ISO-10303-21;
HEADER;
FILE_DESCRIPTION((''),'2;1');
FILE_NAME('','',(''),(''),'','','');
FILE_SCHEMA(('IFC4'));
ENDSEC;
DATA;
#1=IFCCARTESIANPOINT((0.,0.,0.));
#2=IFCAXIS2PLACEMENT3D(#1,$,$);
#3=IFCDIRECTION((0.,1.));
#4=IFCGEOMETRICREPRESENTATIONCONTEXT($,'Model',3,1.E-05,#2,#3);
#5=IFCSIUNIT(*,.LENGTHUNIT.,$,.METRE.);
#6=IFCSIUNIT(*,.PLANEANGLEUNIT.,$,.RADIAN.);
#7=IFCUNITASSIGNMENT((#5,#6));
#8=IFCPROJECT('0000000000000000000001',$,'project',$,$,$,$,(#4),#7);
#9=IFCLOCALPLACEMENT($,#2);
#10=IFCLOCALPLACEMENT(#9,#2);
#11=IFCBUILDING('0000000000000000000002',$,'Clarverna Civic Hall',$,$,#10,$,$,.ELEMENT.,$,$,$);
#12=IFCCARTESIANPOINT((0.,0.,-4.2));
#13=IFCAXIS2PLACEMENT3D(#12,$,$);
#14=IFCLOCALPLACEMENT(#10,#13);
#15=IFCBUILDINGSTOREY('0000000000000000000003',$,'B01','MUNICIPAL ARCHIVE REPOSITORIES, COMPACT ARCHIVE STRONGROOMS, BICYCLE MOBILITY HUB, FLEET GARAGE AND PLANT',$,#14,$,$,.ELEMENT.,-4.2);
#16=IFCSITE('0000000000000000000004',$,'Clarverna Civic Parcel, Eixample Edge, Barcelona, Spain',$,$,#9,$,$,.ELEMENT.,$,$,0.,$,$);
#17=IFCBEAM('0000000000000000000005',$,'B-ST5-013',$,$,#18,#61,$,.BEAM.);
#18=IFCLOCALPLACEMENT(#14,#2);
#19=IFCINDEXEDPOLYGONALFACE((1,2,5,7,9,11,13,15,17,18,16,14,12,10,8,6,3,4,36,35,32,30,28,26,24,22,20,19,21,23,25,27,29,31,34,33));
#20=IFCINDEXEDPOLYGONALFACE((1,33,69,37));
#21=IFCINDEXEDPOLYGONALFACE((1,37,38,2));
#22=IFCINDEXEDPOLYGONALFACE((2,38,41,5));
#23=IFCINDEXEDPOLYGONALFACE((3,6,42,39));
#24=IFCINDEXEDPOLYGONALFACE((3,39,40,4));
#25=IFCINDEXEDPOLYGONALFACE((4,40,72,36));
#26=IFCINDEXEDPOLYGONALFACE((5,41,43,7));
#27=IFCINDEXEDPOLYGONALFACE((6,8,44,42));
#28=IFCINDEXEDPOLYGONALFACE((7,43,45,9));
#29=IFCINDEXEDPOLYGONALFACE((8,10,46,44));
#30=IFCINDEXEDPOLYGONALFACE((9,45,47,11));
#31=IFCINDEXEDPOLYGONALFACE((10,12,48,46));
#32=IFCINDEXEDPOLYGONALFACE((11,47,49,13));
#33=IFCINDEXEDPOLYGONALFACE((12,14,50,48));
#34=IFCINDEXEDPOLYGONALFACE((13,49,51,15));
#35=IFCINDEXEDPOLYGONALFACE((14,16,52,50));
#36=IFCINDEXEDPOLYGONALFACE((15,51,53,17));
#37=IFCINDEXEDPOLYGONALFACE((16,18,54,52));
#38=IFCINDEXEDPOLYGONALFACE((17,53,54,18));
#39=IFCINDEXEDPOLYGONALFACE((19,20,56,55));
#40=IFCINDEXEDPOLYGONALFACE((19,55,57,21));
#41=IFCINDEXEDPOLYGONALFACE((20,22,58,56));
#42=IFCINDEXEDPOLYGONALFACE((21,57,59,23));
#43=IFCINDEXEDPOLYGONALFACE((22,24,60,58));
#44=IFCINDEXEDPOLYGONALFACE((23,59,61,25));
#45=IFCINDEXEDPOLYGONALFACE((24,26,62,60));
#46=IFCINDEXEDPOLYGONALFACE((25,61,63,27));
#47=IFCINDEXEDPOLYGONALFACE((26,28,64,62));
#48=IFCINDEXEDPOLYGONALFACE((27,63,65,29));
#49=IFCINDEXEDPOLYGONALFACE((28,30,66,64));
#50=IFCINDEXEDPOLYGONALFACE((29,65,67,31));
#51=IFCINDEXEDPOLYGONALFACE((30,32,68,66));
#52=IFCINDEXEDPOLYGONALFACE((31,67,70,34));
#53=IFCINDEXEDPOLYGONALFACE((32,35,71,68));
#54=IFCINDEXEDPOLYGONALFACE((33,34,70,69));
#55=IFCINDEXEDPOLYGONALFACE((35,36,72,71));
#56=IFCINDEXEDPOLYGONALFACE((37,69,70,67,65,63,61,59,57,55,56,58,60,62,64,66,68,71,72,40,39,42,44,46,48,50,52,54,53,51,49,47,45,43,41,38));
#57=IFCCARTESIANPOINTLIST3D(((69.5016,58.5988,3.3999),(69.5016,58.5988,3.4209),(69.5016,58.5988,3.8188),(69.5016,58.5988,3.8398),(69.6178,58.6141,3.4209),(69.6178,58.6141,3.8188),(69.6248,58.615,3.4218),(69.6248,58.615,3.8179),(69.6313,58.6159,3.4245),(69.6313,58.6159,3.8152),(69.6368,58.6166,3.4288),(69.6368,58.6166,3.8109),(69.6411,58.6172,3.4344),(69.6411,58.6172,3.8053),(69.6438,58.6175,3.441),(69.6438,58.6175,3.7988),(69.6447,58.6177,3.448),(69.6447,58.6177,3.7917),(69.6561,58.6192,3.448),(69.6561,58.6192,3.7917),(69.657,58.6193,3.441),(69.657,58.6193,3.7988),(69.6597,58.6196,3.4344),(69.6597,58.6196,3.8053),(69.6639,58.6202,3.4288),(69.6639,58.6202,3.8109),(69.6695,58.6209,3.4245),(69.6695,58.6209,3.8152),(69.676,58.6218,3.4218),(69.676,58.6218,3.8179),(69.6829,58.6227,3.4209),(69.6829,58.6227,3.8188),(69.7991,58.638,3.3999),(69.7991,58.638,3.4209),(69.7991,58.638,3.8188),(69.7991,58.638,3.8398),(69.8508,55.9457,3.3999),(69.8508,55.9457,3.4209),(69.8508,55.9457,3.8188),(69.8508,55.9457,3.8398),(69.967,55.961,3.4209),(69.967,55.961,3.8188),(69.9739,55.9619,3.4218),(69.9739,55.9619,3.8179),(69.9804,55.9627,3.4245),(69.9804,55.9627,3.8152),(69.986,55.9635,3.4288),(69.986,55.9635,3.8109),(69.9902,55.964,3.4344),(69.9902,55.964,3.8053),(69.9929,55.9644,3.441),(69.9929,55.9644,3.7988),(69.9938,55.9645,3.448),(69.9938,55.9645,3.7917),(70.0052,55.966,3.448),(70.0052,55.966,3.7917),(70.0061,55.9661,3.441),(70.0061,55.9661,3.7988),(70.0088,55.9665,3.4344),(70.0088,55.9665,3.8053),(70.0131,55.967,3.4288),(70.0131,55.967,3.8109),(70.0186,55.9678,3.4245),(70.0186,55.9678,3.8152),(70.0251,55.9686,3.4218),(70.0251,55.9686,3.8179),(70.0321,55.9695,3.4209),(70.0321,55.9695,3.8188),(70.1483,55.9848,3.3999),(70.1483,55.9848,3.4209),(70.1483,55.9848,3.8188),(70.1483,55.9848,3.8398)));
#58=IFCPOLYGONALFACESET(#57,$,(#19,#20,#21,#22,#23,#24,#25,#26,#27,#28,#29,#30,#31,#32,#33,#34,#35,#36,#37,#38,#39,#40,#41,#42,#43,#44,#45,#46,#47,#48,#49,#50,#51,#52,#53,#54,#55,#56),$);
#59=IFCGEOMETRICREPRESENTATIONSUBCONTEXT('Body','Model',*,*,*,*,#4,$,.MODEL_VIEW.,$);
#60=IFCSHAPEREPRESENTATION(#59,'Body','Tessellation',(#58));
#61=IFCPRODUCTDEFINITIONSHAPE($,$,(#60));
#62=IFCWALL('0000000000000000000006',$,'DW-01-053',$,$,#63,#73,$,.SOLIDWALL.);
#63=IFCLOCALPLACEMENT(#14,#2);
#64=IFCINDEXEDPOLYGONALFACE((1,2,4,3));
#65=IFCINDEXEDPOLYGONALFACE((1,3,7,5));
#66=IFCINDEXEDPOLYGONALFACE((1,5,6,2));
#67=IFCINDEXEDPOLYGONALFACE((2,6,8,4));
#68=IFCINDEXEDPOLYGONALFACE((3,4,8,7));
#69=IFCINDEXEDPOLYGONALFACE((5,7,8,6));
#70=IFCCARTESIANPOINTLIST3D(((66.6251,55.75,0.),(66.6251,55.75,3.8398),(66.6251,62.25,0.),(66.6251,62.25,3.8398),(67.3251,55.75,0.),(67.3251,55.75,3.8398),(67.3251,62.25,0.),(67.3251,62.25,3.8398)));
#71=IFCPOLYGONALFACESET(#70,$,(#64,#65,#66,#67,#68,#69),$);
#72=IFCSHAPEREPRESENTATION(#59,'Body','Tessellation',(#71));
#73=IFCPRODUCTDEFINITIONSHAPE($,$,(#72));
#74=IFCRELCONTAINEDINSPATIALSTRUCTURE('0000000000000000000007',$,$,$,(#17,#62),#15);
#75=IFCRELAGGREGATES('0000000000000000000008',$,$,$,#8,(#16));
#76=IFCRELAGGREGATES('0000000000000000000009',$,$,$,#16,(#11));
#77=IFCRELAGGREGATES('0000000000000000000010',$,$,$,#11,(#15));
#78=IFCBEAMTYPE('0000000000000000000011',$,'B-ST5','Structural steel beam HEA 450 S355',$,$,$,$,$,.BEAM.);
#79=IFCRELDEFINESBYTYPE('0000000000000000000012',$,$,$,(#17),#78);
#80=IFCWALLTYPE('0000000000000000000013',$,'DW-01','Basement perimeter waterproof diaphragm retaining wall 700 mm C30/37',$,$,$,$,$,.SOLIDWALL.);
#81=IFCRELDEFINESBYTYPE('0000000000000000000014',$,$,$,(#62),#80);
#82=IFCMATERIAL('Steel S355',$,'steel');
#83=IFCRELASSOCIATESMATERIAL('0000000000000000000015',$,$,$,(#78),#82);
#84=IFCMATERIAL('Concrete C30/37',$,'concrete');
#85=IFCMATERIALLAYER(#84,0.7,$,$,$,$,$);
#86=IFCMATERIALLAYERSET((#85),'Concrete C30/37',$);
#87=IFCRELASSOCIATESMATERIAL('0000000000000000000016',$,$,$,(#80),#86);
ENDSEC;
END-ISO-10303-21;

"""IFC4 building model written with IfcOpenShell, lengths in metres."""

from ifc_helpers import new_model, si_unit, direction, frame, frame_2d, origin, origin_2d, place, context, subcontext, project, spatial, rectangle, i_section, extrude, material, layer, layer_set, material_profile, profile_set, type_object, element, save


model = new_model("IFC4")

# Units and contexts
model_context = context("Model", 3, precision=1e-05, world=origin(), true_north=direction((0.0, 1.0)))
body_context = subcontext(model_context, "Body", "Model", "MODEL_VIEW")
ifc_project = project(units=[si_unit("LENGTHUNIT", "METRE"), si_unit("PLANEANGLEUNIT", "RADIAN")], contexts=[model_context])

# Site, building, storey
site_placement = place(None, origin())
site = spatial("IfcSite", under=ifc_project, at=site_placement, Name="Clarverna Civic Parcel, Eixample Edge, Barcelona, Spain", CompositionType="ELEMENT", RefElevation=0.0)
building_placement = place(site_placement, origin())
building = spatial("IfcBuilding", under=site, at=building_placement, Name="Clarverna Civic Hall", CompositionType="ELEMENT")
storey_placement = place(building_placement, frame((0.0, 0.0, -4.2)))
storey = spatial("IfcBuildingStorey", under=building, at=storey_placement, Name="B01", Description="MUNICIPAL ARCHIVE REPOSITORIES, COMPACT ARCHIVE STRONGROOMS, BICYCLE MOBILITY HUB, FLEET GARAGE AND PLANT", CompositionType="ELEMENT", Elevation=-4.2)

# Shared definitions
ifc_material_1 = material(Name="Concrete C30/37", Category="concrete")

# Beam
ifc_material_2 = material(Name="Steel S355", Category="steel")
ifc_material_profile_1 = material_profile(ifc_material_2, i_section(OverallWidth=0.3, OverallDepth=0.4399, WebThickness=0.0115, FlangeThickness=0.021, FilletRadius=0.0271, at=origin_2d()), Name="HEA 450")
ifc_profile_set_1 = profile_set([ifc_material_profile_1], Name="Steel S355")
beam_type_1 = type_object("IfcBeamType", Name="B-ST5", Description="Structural steel beam HEA 450 S355", PredefinedType="BEAM", material=ifc_profile_set_1)
for number, where, z_axis, x_axis, name in (
    (1, (69.6504, 58.6184, 3.6199), (0.130466, -0.991453, 0.0), (0.991453, 0.130466, 0.0), "B-ST5-013"),
):
    element("IfcBeam", number, at=place(storey_placement, frame(where, z_axis=z_axis, x_axis=x_axis)), inside=storey, type_object=beam_type_1, Name=name, PredefinedType="BEAM", context=body_context, shape_type="SweptSolid", body=[
        extrude(i_section(OverallWidth=0.3, OverallDepth=0.4399, WebThickness=0.0115, FlangeThickness=0.021, FilletRadius=0.0271, at=origin_2d()), origin(), (0.0, 0.0, 1.0), 2.676),
    ])

# Wall
ifc_layer = layer(ifc_material_1, 0.7)
ifc_layer_set = layer_set([ifc_layer], Name="Concrete C30/37")
wall_type = type_object("IfcWallType", Name="DW-01", Description="Basement perimeter waterproof diaphragm retaining wall 700 mm C30/37", PredefinedType="SOLIDWALL", material=ifc_layer_set)
wall_placement = place(storey_placement, frame((66.9751, 55.75, 0.0), z_axis=(0.0, 0.0, 1.0), x_axis=(0.0, 1.0, 0.0)))
element("IfcWall", 2, at=wall_placement, inside=storey, type_object=wall_type, Name="DW-01-053", PredefinedType="SOLIDWALL", context=body_context, shape_type="SweptSolid", body=[
    extrude(rectangle(XDim=6.5, YDim=0.7, at=frame_2d((3.25, 0.0))), origin(), (0.0, 0.0, 1.0), 3.8398),
])

save(model, "model.ifc")
